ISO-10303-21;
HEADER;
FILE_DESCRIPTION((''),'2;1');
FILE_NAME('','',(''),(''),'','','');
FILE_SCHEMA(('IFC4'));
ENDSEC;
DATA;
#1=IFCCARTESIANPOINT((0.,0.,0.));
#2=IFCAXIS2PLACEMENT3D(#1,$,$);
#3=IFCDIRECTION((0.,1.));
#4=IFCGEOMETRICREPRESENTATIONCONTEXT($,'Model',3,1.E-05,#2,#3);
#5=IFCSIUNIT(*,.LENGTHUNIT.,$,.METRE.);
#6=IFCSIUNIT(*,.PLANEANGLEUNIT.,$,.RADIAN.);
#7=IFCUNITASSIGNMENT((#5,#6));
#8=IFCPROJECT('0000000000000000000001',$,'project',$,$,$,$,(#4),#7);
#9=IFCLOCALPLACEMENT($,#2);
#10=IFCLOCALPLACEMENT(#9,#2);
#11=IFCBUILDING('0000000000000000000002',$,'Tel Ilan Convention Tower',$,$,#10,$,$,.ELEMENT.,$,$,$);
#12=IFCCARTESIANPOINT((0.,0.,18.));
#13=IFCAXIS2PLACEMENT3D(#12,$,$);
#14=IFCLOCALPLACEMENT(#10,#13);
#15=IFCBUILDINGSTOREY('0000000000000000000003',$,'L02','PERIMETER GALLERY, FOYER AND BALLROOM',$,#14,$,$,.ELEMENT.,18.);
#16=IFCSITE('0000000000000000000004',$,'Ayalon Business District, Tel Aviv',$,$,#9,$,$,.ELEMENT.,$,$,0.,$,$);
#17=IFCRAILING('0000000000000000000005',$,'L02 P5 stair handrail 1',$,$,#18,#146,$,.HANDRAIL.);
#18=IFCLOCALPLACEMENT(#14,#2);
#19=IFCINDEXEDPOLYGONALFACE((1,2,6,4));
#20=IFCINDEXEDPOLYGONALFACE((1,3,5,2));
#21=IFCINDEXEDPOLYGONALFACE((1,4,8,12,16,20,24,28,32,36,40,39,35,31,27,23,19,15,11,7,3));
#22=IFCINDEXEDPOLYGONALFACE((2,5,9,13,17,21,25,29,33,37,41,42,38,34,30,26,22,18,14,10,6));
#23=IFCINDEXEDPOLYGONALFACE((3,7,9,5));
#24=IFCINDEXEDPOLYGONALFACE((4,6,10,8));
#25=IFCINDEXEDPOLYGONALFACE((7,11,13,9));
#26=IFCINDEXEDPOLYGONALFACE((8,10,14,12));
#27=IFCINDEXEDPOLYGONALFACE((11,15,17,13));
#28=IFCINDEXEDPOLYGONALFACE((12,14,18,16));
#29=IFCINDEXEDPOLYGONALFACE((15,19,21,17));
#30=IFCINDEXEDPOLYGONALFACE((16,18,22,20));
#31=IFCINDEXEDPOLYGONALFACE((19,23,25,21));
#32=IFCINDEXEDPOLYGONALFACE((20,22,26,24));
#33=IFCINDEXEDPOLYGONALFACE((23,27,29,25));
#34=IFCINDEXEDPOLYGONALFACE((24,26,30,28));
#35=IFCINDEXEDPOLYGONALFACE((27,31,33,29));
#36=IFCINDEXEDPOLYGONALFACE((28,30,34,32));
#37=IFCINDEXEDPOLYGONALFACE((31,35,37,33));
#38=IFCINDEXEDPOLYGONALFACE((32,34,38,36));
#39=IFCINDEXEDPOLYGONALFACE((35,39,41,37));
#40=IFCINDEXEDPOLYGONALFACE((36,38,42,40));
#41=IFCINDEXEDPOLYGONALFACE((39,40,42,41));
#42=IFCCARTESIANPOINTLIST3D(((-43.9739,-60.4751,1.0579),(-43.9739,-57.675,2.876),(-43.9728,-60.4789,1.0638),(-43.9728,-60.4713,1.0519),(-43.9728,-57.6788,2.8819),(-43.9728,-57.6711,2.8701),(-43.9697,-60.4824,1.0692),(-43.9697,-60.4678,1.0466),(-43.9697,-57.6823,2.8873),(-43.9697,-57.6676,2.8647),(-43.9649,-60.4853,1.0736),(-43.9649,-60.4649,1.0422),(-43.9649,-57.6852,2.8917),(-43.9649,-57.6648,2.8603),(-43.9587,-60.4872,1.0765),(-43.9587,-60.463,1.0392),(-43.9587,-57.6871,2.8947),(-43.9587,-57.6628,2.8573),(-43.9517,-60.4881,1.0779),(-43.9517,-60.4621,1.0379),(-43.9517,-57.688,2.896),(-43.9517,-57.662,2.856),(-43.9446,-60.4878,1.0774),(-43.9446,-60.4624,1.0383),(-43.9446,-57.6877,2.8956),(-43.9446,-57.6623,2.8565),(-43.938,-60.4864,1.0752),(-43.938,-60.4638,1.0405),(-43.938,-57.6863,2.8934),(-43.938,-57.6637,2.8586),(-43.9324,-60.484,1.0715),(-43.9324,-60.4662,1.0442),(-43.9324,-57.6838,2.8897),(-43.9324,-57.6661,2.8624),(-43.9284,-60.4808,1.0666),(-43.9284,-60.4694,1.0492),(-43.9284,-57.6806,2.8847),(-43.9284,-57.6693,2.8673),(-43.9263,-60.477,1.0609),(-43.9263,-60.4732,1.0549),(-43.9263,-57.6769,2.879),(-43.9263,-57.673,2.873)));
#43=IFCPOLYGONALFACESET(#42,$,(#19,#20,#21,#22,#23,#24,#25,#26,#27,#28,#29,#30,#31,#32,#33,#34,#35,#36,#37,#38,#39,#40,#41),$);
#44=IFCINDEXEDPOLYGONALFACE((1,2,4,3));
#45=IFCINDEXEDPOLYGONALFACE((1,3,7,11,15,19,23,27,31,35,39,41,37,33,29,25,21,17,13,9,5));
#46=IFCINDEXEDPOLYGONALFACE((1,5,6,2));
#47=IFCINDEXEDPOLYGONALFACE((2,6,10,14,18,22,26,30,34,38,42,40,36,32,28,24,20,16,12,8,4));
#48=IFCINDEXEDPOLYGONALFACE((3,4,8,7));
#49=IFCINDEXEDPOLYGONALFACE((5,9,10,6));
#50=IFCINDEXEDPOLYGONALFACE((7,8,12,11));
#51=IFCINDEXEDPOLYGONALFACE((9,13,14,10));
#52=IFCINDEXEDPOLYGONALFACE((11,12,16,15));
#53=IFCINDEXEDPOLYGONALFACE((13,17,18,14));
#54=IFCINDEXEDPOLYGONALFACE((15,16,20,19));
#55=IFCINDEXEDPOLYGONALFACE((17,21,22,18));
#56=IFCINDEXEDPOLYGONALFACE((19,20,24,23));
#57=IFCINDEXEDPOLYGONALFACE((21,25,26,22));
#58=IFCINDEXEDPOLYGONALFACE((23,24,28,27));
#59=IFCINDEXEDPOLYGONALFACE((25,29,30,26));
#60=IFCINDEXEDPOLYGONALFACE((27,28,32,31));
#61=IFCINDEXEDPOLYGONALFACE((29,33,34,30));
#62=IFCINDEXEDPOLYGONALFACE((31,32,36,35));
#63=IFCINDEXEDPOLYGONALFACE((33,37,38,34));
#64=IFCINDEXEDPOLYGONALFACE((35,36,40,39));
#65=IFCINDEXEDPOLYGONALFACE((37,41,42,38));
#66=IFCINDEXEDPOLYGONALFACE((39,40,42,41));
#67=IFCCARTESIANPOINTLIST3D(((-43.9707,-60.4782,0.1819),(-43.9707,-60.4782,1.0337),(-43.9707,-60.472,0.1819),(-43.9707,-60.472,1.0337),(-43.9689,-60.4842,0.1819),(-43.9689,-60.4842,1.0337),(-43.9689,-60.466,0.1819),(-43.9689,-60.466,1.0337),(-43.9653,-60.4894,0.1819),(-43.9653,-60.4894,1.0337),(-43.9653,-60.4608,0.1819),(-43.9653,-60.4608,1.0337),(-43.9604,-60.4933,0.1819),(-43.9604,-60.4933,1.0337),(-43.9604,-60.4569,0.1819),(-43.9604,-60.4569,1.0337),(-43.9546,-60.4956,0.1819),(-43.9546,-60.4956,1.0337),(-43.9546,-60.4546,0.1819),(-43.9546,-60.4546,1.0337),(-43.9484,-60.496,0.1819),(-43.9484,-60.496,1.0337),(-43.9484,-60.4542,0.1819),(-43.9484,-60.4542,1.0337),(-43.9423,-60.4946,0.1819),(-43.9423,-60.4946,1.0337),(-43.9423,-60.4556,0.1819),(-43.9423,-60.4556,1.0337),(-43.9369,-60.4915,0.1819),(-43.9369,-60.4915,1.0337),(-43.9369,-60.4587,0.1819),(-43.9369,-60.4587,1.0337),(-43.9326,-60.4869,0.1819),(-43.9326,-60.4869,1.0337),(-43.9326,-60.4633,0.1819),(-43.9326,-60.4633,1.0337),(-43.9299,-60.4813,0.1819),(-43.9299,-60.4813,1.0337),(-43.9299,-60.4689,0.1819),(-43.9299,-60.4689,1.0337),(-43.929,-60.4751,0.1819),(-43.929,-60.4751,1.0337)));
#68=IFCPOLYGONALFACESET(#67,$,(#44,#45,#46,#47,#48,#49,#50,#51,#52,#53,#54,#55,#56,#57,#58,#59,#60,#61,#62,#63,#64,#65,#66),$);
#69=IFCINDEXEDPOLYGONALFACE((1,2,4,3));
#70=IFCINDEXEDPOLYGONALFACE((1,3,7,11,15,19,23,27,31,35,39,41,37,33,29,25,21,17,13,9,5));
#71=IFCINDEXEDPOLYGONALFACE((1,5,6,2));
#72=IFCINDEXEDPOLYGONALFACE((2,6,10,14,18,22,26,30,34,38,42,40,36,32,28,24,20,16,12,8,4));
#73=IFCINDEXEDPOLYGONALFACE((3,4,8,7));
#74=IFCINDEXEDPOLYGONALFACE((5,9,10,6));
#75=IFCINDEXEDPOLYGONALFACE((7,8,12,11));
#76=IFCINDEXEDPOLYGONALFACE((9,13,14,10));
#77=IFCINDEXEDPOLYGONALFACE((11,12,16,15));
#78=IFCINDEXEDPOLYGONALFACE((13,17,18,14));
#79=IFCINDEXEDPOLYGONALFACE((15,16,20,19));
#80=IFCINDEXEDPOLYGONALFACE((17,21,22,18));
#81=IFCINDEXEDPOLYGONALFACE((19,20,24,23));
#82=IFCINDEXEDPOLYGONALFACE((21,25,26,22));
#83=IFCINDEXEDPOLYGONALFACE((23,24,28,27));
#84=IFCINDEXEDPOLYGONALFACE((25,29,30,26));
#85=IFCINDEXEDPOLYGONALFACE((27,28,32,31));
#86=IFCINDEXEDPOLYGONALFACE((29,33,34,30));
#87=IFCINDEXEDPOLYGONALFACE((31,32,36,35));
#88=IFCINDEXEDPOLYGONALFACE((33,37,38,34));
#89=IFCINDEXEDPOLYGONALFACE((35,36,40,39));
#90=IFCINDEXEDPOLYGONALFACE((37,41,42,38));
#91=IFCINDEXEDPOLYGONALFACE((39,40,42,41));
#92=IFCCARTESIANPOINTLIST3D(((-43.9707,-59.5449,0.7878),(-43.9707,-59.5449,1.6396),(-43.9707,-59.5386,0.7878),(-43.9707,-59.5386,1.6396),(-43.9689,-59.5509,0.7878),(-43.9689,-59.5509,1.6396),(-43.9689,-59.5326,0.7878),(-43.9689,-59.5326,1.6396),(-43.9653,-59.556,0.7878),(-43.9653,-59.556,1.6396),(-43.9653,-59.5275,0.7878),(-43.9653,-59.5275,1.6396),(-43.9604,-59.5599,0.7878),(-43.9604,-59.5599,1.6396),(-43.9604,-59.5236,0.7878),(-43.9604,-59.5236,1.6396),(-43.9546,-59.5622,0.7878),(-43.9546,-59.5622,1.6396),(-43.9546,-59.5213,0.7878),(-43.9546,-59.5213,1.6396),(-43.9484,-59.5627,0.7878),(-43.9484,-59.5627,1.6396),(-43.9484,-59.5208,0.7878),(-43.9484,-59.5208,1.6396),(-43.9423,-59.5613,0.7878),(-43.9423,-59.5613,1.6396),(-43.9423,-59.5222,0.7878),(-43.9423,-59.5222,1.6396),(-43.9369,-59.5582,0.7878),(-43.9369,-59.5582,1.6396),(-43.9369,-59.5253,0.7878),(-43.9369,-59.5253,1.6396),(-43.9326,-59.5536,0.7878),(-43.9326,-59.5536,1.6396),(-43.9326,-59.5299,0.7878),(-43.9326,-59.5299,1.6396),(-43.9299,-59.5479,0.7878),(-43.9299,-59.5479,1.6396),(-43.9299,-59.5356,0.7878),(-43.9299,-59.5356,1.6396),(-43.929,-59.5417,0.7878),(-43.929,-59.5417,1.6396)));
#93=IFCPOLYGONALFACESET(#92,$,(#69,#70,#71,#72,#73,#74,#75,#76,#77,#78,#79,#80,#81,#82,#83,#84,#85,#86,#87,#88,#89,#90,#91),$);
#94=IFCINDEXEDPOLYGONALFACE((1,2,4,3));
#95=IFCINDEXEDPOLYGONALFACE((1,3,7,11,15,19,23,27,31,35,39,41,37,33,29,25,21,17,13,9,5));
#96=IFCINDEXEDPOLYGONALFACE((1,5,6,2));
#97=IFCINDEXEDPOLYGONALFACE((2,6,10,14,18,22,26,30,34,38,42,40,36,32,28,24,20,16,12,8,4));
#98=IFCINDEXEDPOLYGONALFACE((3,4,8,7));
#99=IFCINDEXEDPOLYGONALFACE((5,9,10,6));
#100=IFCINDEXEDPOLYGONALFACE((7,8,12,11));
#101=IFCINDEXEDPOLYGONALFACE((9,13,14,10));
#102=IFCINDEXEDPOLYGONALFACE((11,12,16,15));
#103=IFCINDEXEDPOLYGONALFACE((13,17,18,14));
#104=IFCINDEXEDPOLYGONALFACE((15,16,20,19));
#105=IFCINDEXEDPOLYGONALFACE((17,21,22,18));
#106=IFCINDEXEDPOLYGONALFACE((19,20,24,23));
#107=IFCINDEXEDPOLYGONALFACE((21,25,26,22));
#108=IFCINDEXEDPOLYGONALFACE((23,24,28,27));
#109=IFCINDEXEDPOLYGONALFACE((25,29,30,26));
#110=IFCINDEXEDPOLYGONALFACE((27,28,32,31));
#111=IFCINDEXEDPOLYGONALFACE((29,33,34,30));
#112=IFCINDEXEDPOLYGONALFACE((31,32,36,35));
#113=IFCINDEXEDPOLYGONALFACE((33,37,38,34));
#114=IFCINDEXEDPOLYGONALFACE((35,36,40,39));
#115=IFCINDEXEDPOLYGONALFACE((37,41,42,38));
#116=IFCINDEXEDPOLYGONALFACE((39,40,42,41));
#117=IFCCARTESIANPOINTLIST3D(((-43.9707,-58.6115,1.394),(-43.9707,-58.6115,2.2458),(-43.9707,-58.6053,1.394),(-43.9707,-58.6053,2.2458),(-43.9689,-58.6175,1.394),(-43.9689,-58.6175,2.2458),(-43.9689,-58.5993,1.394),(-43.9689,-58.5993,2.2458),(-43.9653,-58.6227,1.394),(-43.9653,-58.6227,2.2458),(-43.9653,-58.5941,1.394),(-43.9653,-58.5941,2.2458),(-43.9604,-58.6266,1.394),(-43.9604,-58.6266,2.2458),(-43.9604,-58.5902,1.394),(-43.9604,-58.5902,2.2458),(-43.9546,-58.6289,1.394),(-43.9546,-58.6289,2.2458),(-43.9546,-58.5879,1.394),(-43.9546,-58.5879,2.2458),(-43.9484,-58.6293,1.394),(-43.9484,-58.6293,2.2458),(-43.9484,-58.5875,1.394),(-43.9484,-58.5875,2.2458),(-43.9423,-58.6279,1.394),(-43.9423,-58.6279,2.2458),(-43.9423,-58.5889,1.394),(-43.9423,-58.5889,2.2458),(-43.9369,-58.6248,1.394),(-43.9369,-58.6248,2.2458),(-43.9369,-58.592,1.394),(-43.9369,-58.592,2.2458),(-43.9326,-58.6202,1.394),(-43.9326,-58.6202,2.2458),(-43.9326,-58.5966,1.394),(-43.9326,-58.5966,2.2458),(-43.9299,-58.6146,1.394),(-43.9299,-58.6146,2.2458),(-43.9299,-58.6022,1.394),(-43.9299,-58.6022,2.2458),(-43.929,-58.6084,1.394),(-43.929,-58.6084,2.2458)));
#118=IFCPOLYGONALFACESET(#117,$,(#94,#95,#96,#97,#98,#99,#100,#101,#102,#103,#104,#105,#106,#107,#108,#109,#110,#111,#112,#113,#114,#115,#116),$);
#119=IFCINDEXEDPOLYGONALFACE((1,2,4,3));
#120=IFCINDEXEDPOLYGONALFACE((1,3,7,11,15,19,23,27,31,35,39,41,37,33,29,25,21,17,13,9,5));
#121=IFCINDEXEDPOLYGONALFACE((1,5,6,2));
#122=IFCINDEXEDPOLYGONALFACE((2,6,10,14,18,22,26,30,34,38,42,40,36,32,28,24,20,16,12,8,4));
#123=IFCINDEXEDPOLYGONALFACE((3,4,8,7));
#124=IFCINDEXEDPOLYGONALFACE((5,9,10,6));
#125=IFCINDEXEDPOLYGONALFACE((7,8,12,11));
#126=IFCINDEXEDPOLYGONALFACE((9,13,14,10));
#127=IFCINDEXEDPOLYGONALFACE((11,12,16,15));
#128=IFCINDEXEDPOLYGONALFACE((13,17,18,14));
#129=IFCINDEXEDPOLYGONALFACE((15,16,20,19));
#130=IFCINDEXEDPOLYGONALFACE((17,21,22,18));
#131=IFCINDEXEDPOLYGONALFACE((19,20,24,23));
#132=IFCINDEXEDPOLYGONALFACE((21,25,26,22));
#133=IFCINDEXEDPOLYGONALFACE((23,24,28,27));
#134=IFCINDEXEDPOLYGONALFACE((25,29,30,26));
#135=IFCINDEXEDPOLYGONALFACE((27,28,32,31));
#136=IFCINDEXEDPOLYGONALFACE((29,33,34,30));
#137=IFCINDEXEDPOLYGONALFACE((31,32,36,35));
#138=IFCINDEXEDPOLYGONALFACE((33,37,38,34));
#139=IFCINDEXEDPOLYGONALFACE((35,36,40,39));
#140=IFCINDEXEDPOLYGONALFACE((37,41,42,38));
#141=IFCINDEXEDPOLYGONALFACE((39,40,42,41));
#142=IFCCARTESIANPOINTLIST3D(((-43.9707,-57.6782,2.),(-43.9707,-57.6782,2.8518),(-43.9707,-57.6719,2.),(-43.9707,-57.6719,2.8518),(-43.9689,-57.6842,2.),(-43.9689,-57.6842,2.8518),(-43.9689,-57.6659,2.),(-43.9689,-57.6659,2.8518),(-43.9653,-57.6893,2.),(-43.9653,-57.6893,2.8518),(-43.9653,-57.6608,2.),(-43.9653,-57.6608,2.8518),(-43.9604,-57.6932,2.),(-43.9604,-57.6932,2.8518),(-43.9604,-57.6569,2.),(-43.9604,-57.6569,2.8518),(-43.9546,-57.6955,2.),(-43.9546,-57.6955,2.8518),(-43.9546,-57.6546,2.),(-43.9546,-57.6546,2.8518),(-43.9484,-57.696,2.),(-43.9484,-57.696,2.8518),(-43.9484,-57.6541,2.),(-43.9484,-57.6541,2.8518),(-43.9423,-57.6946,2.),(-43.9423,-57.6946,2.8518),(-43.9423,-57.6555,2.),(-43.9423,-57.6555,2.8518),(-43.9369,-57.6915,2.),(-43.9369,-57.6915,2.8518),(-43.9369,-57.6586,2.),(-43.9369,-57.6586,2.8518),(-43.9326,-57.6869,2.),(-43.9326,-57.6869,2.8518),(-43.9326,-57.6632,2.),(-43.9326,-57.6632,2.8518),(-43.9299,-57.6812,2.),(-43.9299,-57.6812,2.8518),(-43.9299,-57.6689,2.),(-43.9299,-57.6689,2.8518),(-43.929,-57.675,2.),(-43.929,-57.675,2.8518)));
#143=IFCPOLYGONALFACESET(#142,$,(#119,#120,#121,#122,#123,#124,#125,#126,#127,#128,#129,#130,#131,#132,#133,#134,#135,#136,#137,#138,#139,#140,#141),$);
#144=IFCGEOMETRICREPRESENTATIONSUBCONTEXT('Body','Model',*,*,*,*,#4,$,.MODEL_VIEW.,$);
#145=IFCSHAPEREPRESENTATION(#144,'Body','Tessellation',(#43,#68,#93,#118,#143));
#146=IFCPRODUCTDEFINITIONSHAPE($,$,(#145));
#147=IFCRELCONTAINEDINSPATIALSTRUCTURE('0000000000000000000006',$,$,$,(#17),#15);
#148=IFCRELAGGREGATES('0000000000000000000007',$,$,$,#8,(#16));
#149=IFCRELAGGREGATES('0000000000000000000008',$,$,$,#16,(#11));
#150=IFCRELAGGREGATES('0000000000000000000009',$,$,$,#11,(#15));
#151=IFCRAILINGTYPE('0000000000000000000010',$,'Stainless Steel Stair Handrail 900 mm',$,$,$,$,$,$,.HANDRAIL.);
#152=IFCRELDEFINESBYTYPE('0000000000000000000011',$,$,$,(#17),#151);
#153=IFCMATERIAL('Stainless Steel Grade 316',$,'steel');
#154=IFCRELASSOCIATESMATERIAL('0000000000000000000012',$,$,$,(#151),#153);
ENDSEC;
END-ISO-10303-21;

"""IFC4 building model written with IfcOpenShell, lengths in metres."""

from ifc_helpers import new_model, si_unit, direction, frame, origin, origin_2d, place, context, subcontext, project, spatial, circle, extrude, material, type_object, element, save


model = new_model("IFC4")

# Units and contexts
model_context = context("Model", 3, precision=1e-05, world=origin(), true_north=direction((0.0, 1.0)))
body_context = subcontext(model_context, "Body", "Model", "MODEL_VIEW")
ifc_project = project(units=[si_unit("LENGTHUNIT", "METRE"), si_unit("PLANEANGLEUNIT", "RADIAN")], contexts=[model_context])

# Site, building, storey
site_placement = place(None, origin())
site = spatial("IfcSite", under=ifc_project, at=site_placement, Name="Ayalon Business District, Tel Aviv", CompositionType="ELEMENT", RefElevation=0.0)
building_placement = place(site_placement, origin())
building = spatial("IfcBuilding", under=site, at=building_placement, Name="Tel Ilan Convention Tower", CompositionType="ELEMENT")
storey_placement = place(building_placement, frame((0.0, 0.0, 18.0)))
storey = spatial("IfcBuildingStorey", under=building, at=storey_placement, Name="L02", Description="PERIMETER GALLERY, FOYER AND BALLROOM", CompositionType="ELEMENT", Elevation=18.0)

# Railing
ifc_material_1 = material(Name="Stainless Steel Grade 316", Category="steel")
railing_type_1 = type_object("IfcRailingType", Name="Stainless Steel Stair Handrail 900 mm", PredefinedType="HANDRAIL", material=ifc_material_1)
railing_1_placement = place(storey_placement, frame((-43.95, -60.4751, 0.1819)))
element("IfcRailing", 1, at=railing_1_placement, inside=storey, type_object=railing_type_1, Name="L02 P5 stair handrail 1", PredefinedType="HANDRAIL", context=body_context, shape_type="SweptSolid", body=[
    extrude(circle(Radius=0.0239, at=origin_2d()), frame((0.0, 0.0, 0.876), z_axis=(0.0, 0.838706, 0.544585), x_axis=(-1.0, 0.0, 0.0)), (0.0, 0.0, 1.0), 3.3386),
    extrude(circle(Radius=0.021, at=origin_2d()), origin(), (0.0, 0.0, 1.0), 0.8518),
    extrude(circle(Radius=0.021, at=origin_2d()), frame((0.0, 0.9333, 0.606)), (0.0, 0.0, 1.0), 0.8518),
    extrude(circle(Radius=0.021, at=origin_2d()), frame((0.0, 1.8667, 1.2122)), (0.0, 0.0, 1.0), 0.8518),
    extrude(circle(Radius=0.021, at=origin_2d()), frame((0.0, 2.8, 1.8181)), (0.0, 0.0, 1.0), 0.8518),
])

save(model, "model.ifc")
